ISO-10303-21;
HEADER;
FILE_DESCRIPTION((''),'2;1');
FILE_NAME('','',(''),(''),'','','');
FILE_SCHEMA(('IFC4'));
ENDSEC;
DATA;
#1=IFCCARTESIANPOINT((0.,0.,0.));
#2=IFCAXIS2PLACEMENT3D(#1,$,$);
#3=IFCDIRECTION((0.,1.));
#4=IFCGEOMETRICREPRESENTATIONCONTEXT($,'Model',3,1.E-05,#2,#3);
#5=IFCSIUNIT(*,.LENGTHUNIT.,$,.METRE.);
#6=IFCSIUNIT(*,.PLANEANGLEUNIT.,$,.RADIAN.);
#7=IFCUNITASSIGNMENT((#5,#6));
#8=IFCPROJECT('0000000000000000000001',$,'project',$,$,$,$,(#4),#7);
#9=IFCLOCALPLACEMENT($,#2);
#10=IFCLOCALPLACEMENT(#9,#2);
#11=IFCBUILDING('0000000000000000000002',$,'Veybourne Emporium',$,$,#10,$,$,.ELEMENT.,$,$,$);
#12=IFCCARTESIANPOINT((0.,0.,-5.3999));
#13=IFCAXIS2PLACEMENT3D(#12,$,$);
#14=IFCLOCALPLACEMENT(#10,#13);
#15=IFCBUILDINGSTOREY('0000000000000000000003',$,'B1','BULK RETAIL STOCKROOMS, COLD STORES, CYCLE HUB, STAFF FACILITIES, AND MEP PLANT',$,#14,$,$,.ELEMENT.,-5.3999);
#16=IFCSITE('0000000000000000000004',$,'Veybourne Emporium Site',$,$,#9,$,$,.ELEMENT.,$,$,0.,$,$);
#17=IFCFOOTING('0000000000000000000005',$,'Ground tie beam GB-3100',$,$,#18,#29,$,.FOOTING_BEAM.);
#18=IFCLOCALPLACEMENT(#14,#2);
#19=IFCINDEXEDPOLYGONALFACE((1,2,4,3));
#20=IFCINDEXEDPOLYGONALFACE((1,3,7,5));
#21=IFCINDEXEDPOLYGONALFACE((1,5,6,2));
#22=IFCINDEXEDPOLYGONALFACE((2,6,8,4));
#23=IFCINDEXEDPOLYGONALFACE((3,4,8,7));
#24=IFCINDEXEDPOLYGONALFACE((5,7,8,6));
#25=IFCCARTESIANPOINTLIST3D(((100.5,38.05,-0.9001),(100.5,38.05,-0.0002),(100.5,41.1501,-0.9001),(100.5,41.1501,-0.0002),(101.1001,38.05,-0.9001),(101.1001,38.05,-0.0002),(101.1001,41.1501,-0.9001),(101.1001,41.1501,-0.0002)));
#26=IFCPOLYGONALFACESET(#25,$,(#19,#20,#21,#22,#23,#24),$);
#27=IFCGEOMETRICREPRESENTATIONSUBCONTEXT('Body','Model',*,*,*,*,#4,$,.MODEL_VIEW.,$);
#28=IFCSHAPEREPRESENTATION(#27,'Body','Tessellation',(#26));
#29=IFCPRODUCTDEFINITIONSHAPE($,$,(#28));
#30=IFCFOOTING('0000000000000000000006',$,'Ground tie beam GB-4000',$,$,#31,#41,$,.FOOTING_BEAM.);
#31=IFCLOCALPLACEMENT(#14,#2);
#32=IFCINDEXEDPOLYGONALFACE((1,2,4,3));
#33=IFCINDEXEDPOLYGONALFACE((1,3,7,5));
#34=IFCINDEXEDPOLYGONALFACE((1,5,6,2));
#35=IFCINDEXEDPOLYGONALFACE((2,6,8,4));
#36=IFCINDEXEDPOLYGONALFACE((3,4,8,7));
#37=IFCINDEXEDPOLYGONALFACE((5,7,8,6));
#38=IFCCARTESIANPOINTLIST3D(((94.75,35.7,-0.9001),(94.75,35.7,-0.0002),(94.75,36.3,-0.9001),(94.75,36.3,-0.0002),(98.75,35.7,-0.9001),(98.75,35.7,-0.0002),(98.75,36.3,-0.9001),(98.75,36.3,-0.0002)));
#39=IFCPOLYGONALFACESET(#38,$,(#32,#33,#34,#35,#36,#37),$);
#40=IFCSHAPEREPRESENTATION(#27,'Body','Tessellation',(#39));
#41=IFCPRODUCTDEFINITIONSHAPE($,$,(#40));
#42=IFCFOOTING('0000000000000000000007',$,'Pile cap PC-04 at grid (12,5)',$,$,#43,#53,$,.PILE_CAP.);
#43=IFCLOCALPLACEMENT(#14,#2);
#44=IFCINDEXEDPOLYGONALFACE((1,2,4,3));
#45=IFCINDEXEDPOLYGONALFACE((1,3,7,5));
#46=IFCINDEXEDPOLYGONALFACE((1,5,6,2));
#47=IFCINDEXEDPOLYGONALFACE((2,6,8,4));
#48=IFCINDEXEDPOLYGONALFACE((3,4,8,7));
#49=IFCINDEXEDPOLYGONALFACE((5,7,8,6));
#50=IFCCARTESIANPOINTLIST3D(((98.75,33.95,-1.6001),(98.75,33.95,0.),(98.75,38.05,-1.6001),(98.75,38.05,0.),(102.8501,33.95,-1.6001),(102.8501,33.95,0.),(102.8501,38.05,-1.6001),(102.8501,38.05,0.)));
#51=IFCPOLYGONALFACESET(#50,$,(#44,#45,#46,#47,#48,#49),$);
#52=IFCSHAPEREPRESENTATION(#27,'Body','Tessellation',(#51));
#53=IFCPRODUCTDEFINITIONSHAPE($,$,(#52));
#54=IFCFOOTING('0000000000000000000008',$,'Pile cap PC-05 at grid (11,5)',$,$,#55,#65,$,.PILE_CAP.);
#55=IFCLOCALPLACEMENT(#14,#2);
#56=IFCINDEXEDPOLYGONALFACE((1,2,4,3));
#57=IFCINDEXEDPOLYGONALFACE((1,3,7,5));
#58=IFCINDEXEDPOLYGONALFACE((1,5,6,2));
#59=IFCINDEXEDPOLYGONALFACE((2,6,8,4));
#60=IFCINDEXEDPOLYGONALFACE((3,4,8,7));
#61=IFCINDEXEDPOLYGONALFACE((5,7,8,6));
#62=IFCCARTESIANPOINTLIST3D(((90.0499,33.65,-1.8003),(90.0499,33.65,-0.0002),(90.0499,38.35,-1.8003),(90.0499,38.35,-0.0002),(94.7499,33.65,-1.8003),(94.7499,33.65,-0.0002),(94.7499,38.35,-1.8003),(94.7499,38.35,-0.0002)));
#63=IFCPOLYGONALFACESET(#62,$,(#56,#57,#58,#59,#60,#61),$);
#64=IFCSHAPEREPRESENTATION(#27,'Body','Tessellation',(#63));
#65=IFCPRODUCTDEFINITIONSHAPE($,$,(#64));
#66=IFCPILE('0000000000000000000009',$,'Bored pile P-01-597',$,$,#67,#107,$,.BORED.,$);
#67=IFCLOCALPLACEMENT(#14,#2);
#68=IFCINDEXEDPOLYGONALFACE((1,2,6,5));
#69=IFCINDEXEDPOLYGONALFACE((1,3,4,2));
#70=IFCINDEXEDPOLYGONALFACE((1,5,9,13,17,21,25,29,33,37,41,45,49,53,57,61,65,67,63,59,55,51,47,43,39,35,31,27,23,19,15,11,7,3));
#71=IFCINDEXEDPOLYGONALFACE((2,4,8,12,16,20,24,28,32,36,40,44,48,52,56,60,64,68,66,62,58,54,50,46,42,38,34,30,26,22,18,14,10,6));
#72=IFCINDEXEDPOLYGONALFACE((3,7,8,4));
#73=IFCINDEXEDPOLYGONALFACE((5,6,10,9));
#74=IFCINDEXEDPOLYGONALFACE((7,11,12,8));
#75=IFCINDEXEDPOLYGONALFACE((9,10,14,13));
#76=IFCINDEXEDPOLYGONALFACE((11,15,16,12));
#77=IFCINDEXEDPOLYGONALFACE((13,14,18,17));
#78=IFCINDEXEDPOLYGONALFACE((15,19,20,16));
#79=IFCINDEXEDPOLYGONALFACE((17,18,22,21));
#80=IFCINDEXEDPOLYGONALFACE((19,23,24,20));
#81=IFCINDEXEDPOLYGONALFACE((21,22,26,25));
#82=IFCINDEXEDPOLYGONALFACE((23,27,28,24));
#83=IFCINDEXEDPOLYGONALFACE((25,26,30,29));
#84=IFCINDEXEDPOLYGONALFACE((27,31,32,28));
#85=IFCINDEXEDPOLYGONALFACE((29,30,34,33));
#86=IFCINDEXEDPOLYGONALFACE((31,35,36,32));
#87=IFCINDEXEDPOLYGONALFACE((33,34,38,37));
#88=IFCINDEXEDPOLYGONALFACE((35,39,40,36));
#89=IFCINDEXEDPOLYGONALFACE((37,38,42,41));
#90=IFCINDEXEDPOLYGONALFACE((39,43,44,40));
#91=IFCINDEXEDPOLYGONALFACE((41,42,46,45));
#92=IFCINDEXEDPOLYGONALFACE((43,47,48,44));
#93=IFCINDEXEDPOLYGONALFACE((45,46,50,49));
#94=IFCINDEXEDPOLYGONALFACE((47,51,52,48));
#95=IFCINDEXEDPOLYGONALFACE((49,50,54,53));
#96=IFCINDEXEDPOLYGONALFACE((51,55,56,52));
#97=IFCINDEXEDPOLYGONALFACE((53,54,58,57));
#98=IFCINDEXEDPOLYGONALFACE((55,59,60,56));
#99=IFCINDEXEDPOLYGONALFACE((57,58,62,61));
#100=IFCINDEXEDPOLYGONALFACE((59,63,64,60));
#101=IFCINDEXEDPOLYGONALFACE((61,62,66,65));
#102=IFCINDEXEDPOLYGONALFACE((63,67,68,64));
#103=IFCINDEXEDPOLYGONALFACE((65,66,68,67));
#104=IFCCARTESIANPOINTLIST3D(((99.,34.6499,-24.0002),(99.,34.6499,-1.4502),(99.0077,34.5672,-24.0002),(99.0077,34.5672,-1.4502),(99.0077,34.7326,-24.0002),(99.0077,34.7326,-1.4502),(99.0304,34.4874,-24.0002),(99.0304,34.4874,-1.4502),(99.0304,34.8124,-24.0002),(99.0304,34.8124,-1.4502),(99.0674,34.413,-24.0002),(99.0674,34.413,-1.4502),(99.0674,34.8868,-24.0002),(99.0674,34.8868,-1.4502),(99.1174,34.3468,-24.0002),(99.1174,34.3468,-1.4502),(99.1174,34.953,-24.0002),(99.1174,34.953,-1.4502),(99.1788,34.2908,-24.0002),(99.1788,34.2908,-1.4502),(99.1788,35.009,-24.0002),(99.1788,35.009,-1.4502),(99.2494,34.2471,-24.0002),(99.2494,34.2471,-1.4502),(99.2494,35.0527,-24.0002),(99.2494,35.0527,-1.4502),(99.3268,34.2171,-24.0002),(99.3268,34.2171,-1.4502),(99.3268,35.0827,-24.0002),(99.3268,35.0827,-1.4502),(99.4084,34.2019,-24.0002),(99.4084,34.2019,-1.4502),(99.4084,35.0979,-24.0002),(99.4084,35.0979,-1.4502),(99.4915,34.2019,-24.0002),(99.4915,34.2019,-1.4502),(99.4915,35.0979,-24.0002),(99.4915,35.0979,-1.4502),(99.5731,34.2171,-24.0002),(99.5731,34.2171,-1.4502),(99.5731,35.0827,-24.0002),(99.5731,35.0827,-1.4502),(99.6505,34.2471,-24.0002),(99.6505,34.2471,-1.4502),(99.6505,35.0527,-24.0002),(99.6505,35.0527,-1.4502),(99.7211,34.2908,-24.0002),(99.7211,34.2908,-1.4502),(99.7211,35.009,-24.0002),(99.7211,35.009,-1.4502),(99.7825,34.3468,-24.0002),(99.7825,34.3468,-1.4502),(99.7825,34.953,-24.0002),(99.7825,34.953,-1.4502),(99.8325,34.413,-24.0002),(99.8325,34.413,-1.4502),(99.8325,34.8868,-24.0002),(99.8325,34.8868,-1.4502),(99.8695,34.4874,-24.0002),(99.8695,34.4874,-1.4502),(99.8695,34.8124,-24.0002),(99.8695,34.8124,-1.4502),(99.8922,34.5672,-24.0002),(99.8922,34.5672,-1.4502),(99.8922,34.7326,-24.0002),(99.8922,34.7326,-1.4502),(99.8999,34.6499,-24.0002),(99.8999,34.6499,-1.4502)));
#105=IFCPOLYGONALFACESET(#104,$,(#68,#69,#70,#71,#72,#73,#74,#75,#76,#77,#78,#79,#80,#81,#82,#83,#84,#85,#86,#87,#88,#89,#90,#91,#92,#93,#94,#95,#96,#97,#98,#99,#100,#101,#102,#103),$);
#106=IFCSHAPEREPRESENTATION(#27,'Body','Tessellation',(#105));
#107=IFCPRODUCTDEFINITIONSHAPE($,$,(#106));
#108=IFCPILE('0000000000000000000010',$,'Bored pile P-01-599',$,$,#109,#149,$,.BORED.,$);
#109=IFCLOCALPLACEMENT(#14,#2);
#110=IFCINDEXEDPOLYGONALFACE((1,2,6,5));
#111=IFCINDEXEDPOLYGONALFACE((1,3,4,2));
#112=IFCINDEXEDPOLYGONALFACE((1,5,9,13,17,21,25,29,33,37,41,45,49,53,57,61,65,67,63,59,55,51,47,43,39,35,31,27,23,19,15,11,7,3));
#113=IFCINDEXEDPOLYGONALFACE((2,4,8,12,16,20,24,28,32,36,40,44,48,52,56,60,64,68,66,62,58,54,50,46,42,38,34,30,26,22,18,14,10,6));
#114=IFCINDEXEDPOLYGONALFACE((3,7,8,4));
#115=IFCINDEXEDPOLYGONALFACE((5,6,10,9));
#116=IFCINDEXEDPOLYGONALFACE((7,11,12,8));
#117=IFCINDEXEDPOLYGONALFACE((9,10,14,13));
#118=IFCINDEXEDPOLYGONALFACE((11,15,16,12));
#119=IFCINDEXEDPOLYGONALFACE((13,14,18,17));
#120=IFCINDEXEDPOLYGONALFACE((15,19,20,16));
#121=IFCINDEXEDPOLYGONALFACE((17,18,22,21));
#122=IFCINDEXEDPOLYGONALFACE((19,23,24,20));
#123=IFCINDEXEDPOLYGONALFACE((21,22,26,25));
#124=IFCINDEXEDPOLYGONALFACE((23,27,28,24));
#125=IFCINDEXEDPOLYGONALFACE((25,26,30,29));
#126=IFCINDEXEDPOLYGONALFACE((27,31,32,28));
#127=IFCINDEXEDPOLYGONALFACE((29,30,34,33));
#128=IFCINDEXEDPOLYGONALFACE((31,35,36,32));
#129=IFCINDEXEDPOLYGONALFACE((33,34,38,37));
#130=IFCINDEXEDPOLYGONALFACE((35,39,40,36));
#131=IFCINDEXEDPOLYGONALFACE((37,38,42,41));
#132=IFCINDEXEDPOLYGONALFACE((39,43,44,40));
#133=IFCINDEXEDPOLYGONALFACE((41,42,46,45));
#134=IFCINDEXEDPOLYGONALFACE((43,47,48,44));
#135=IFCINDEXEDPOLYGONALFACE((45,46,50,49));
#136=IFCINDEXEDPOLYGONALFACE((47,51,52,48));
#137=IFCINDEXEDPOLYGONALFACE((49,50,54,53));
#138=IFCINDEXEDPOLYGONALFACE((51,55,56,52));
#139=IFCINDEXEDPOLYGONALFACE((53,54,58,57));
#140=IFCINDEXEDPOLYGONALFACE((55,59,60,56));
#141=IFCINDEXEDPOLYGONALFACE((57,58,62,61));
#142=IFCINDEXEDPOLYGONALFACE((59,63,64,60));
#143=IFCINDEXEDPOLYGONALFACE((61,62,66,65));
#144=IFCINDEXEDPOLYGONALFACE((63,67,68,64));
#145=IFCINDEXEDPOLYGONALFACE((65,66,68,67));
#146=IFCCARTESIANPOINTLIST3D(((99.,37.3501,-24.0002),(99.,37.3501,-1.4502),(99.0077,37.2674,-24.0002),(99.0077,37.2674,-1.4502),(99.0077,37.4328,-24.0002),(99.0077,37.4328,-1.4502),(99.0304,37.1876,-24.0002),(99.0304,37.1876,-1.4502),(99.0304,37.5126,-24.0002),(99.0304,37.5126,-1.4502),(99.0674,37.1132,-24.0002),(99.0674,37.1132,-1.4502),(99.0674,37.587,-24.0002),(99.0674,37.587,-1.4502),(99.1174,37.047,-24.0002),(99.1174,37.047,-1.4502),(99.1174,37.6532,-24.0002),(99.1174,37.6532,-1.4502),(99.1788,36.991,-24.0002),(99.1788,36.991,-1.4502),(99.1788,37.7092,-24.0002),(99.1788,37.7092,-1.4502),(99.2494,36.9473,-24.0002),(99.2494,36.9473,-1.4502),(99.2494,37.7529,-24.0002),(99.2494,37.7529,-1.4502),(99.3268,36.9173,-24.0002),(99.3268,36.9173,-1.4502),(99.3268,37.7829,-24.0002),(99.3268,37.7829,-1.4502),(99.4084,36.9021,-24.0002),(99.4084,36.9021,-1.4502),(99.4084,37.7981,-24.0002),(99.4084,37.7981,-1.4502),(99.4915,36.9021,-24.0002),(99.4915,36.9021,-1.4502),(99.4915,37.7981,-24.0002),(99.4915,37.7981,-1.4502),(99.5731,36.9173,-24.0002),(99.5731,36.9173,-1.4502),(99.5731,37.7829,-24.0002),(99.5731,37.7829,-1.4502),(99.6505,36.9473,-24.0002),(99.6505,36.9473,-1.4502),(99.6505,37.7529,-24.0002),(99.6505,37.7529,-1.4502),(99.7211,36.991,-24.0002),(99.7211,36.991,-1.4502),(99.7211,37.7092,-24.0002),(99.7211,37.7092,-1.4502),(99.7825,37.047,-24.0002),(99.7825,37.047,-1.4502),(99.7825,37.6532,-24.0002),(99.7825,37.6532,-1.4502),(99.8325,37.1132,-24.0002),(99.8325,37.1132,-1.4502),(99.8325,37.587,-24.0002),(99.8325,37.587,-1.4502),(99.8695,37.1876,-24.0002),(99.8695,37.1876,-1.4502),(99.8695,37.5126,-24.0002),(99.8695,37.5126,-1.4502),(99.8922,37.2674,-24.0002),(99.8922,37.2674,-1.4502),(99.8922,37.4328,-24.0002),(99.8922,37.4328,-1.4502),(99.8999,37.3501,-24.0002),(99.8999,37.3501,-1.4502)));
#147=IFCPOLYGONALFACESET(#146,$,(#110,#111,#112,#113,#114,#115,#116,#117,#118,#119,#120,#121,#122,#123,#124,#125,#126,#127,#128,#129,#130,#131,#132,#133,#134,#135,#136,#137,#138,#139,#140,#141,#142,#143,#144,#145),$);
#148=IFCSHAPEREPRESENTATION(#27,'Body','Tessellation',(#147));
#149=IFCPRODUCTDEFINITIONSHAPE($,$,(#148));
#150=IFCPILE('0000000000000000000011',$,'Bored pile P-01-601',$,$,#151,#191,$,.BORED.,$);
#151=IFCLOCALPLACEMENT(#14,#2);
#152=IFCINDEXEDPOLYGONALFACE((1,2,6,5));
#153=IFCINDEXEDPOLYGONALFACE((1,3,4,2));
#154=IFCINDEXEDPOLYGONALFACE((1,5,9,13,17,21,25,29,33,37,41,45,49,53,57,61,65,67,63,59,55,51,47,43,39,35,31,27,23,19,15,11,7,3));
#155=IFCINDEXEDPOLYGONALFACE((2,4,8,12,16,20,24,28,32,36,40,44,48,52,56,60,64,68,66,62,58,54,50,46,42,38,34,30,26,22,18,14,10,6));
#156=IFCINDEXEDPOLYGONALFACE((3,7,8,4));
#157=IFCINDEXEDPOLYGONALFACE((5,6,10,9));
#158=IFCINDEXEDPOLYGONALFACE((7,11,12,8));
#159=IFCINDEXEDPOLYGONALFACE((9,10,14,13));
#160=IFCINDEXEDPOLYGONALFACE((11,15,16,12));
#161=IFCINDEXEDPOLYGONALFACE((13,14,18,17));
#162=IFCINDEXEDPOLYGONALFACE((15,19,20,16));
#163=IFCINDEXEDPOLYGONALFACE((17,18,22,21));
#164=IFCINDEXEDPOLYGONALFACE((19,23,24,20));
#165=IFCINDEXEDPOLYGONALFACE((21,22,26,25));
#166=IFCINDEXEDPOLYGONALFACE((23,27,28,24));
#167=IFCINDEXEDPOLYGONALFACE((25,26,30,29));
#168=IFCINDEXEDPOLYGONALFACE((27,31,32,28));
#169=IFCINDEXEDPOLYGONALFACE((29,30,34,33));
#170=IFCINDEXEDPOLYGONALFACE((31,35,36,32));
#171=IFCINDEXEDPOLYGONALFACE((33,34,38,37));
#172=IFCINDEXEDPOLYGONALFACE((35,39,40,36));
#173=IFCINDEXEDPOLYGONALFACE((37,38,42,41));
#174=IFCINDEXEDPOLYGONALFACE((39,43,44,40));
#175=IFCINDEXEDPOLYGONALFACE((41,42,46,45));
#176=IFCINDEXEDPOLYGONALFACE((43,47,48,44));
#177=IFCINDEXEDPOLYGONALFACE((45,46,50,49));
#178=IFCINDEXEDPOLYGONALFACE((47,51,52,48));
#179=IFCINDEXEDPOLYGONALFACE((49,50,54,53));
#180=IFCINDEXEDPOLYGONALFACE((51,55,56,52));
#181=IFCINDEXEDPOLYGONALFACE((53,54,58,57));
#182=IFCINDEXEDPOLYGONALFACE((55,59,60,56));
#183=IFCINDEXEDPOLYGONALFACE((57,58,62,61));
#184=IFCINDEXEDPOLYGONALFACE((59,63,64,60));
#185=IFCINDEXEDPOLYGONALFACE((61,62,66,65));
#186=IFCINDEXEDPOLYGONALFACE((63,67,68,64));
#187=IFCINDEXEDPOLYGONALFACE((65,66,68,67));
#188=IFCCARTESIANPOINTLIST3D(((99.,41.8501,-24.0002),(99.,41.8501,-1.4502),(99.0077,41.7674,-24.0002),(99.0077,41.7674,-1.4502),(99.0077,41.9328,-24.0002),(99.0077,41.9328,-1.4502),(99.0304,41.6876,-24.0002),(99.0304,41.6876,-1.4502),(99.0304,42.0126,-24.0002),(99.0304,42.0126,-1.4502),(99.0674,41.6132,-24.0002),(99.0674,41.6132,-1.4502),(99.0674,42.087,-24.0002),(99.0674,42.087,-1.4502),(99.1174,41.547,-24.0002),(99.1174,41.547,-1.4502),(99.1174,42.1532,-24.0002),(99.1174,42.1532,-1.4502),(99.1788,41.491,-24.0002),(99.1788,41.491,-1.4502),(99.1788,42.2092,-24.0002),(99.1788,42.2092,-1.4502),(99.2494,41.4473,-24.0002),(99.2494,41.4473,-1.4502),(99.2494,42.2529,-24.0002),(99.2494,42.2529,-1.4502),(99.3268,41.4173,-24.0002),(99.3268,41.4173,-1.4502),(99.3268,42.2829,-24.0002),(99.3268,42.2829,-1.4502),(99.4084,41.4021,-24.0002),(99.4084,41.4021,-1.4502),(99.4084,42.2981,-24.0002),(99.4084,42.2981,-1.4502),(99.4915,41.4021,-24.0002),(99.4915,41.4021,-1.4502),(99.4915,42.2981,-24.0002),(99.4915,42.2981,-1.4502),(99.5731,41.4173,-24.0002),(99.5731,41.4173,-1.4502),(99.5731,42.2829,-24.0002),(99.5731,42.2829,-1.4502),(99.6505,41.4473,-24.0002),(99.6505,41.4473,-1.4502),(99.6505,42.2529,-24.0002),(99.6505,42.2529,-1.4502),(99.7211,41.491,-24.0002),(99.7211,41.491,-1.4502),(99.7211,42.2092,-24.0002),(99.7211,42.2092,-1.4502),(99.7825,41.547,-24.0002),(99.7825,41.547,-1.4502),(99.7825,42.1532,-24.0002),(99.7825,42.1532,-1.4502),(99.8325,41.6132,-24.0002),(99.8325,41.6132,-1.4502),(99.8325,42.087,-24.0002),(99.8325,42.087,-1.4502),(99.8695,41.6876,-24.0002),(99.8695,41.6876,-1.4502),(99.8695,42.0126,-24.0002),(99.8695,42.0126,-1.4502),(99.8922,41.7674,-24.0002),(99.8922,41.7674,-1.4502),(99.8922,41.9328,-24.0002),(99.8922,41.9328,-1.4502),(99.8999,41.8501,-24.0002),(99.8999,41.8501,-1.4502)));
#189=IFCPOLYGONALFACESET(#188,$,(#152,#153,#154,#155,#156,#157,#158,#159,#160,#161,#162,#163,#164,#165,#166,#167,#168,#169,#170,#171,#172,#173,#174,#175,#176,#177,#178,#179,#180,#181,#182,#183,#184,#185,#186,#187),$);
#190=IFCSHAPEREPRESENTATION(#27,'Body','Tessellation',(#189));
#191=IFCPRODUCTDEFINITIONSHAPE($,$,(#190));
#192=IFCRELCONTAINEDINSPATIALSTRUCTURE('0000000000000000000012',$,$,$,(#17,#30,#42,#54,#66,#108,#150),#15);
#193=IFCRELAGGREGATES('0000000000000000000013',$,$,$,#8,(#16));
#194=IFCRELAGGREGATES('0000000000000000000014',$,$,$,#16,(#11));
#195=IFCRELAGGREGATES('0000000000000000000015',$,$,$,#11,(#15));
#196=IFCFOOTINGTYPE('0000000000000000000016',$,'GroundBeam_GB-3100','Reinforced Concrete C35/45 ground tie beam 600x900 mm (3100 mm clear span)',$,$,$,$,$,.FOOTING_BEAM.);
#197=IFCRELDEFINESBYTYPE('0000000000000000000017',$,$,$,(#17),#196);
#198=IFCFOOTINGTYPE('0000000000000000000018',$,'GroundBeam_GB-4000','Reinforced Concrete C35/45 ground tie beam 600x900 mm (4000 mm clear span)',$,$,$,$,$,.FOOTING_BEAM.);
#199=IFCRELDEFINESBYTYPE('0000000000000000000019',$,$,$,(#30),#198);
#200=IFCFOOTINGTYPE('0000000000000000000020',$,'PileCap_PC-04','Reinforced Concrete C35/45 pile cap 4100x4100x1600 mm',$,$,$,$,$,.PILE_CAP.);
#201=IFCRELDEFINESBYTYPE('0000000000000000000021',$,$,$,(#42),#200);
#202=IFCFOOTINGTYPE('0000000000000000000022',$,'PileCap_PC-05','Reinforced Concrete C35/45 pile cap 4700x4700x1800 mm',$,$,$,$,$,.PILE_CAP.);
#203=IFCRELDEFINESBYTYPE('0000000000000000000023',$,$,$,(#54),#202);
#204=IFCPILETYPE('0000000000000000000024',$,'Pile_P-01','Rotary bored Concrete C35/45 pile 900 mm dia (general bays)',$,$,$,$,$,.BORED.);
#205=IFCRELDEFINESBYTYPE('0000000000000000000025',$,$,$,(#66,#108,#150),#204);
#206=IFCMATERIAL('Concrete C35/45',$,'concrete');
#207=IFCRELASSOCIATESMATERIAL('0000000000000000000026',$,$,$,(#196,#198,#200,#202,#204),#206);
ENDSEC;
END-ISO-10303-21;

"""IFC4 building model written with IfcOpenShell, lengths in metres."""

from ifc_helpers import new_model, si_unit, direction, frame, origin, origin_2d, place, context, subcontext, project, spatial, rectangle, circle, extrude, material, material_profile, profile_set, type_object, element, save


model = new_model("IFC4")

# Units and contexts
model_context = context("Model", 3, precision=1e-05, world=origin(), true_north=direction((0.0, 1.0)))
body_context = subcontext(model_context, "Body", "Model", "MODEL_VIEW")
ifc_project = project(units=[si_unit("LENGTHUNIT", "METRE"), si_unit("PLANEANGLEUNIT", "RADIAN")], contexts=[model_context])

# Site, building, storey
site_placement = place(None, origin())
site = spatial("IfcSite", under=ifc_project, at=site_placement, Name="Veybourne Emporium Site", CompositionType="ELEMENT", RefElevation=0.0)
building_placement = place(site_placement, origin())
building = spatial("IfcBuilding", under=site, at=building_placement, Name="Veybourne Emporium", CompositionType="ELEMENT")
storey_placement = place(building_placement, frame((0.0, 0.0, -5.3999)))
storey = spatial("IfcBuildingStorey", under=building, at=storey_placement, Name="B1", Description="BULK RETAIL STOCKROOMS, COLD STORES, CYCLE HUB, STAFF FACILITIES, AND MEP PLANT", CompositionType="ELEMENT", Elevation=-5.3999)

# Footings
ifc_material_1 = material(Name="Concrete C35/45", Category="concrete")
footing_type_1 = type_object("IfcFootingType", Name="GroundBeam_GB-3100", Description="Reinforced Concrete C35/45 ground tie beam 600x900 mm (3100 mm clear span)", PredefinedType="FOOTING_BEAM", material=ifc_material_1)
footing_1_placement = place(storey_placement, frame((100.8, 39.6001, -0.9001), z_axis=(0.0, 0.0, 1.0), x_axis=(0.0, 1.0, 0.0)))
element("IfcFooting", 1, at=footing_1_placement, inside=storey, type_object=footing_type_1, Name="Ground tie beam GB-3100", PredefinedType="FOOTING_BEAM", context=body_context, shape_type="SweptSolid", body=[
    extrude(rectangle(XDim=3.1001, YDim=0.6001, at=origin_2d()), origin(), (0.0, 0.0, 1.0), 0.8999),
])
footing_type_2 = type_object("IfcFootingType", Name="GroundBeam_GB-4000", Description="Reinforced Concrete C35/45 ground tie beam 600x900 mm (4000 mm clear span)", PredefinedType="FOOTING_BEAM", material=ifc_material_1)
footing_2_placement = place(storey_placement, frame((96.75, 36.0, -0.9001), z_axis=(0.0, 0.0, 1.0), x_axis=(1.0, 0.0, 0.0)))
element("IfcFooting", 2, at=footing_2_placement, inside=storey, type_object=footing_type_2, Name="Ground tie beam GB-4000", PredefinedType="FOOTING_BEAM", context=body_context, shape_type="SweptSolid", body=[
    extrude(rectangle(XDim=4.0, YDim=0.6001, at=origin_2d()), origin(), (0.0, 0.0, 1.0), 0.8999),
])
footing_type_3 = type_object("IfcFootingType", Name="PileCap_PC-04", Description="Reinforced Concrete C35/45 pile cap 4100x4100x1600 mm", PredefinedType="PILE_CAP", material=ifc_material_1)
footing_3_placement = place(storey_placement, frame((100.8, 36.0, -1.6001), z_axis=(0.0, 0.0, 1.0), x_axis=(1.0, 0.0, 0.0)))
element("IfcFooting", 3, at=footing_3_placement, inside=storey, type_object=footing_type_3, Name="Pile cap PC-04 at grid (12,5)", PredefinedType="PILE_CAP", context=body_context, shape_type="SweptSolid", body=[
    extrude(rectangle(XDim=4.1001, YDim=4.1001, at=origin_2d()), origin(), (0.0, 0.0, 1.0), 1.6001),
])
footing_type_4 = type_object("IfcFootingType", Name="PileCap_PC-05", Description="Reinforced Concrete C35/45 pile cap 4700x4700x1800 mm", PredefinedType="PILE_CAP", material=ifc_material_1)
footing_4_placement = place(storey_placement, frame((92.3999, 36.0, -1.8003), z_axis=(0.0, 0.0, 1.0), x_axis=(1.0, 0.0, 0.0)))
element("IfcFooting", 4, at=footing_4_placement, inside=storey, type_object=footing_type_4, Name="Pile cap PC-05 at grid (11,5)", PredefinedType="PILE_CAP", context=body_context, shape_type="SweptSolid", body=[
    extrude(rectangle(XDim=4.7, YDim=4.7, at=origin_2d()), origin(), (0.0, 0.0, 1.0), 1.8),
])

# Piles
ifc_material_profile_1 = material_profile(ifc_material_1, circle(Radius=0.45, at=origin_2d()), Name="BORED PILE 900")
ifc_profile_set_1 = profile_set([ifc_material_profile_1], Name="Concrete C35/45")
pile_type_1 = type_object("IfcPileType", Name="Pile_P-01", Description="Rotary bored Concrete C35/45 pile 900 mm dia (general bays)", PredefinedType="BORED", material=ifc_profile_set_1)
for number, where, z_axis, x_axis, name in (
    (5, (99.45, 34.6499, -1.4502), (0.0, 0.0, -1.0), (1.0, 0.0, 0.0), "Bored pile P-01-597"),
    (6, (99.45, 37.3501, -1.4502), (0.0, 0.0, -1.0), (1.0, 0.0, 0.0), "Bored pile P-01-599"),
    (7, (99.45, 41.8501, -1.4502), (0.0, 0.0, -1.0), (1.0, 0.0, 0.0), "Bored pile P-01-601"),
):
    element("IfcPile", number, at=place(storey_placement, frame(where, z_axis=z_axis, x_axis=x_axis)), inside=storey, type_object=pile_type_1, Name=name, PredefinedType="BORED", context=body_context, shape_type="SweptSolid", body=[
        extrude(circle(Radius=0.45, at=origin_2d()), origin(), (0.0, 0.0, 1.0), 22.55),
    ])

save(model, "model.ifc")
